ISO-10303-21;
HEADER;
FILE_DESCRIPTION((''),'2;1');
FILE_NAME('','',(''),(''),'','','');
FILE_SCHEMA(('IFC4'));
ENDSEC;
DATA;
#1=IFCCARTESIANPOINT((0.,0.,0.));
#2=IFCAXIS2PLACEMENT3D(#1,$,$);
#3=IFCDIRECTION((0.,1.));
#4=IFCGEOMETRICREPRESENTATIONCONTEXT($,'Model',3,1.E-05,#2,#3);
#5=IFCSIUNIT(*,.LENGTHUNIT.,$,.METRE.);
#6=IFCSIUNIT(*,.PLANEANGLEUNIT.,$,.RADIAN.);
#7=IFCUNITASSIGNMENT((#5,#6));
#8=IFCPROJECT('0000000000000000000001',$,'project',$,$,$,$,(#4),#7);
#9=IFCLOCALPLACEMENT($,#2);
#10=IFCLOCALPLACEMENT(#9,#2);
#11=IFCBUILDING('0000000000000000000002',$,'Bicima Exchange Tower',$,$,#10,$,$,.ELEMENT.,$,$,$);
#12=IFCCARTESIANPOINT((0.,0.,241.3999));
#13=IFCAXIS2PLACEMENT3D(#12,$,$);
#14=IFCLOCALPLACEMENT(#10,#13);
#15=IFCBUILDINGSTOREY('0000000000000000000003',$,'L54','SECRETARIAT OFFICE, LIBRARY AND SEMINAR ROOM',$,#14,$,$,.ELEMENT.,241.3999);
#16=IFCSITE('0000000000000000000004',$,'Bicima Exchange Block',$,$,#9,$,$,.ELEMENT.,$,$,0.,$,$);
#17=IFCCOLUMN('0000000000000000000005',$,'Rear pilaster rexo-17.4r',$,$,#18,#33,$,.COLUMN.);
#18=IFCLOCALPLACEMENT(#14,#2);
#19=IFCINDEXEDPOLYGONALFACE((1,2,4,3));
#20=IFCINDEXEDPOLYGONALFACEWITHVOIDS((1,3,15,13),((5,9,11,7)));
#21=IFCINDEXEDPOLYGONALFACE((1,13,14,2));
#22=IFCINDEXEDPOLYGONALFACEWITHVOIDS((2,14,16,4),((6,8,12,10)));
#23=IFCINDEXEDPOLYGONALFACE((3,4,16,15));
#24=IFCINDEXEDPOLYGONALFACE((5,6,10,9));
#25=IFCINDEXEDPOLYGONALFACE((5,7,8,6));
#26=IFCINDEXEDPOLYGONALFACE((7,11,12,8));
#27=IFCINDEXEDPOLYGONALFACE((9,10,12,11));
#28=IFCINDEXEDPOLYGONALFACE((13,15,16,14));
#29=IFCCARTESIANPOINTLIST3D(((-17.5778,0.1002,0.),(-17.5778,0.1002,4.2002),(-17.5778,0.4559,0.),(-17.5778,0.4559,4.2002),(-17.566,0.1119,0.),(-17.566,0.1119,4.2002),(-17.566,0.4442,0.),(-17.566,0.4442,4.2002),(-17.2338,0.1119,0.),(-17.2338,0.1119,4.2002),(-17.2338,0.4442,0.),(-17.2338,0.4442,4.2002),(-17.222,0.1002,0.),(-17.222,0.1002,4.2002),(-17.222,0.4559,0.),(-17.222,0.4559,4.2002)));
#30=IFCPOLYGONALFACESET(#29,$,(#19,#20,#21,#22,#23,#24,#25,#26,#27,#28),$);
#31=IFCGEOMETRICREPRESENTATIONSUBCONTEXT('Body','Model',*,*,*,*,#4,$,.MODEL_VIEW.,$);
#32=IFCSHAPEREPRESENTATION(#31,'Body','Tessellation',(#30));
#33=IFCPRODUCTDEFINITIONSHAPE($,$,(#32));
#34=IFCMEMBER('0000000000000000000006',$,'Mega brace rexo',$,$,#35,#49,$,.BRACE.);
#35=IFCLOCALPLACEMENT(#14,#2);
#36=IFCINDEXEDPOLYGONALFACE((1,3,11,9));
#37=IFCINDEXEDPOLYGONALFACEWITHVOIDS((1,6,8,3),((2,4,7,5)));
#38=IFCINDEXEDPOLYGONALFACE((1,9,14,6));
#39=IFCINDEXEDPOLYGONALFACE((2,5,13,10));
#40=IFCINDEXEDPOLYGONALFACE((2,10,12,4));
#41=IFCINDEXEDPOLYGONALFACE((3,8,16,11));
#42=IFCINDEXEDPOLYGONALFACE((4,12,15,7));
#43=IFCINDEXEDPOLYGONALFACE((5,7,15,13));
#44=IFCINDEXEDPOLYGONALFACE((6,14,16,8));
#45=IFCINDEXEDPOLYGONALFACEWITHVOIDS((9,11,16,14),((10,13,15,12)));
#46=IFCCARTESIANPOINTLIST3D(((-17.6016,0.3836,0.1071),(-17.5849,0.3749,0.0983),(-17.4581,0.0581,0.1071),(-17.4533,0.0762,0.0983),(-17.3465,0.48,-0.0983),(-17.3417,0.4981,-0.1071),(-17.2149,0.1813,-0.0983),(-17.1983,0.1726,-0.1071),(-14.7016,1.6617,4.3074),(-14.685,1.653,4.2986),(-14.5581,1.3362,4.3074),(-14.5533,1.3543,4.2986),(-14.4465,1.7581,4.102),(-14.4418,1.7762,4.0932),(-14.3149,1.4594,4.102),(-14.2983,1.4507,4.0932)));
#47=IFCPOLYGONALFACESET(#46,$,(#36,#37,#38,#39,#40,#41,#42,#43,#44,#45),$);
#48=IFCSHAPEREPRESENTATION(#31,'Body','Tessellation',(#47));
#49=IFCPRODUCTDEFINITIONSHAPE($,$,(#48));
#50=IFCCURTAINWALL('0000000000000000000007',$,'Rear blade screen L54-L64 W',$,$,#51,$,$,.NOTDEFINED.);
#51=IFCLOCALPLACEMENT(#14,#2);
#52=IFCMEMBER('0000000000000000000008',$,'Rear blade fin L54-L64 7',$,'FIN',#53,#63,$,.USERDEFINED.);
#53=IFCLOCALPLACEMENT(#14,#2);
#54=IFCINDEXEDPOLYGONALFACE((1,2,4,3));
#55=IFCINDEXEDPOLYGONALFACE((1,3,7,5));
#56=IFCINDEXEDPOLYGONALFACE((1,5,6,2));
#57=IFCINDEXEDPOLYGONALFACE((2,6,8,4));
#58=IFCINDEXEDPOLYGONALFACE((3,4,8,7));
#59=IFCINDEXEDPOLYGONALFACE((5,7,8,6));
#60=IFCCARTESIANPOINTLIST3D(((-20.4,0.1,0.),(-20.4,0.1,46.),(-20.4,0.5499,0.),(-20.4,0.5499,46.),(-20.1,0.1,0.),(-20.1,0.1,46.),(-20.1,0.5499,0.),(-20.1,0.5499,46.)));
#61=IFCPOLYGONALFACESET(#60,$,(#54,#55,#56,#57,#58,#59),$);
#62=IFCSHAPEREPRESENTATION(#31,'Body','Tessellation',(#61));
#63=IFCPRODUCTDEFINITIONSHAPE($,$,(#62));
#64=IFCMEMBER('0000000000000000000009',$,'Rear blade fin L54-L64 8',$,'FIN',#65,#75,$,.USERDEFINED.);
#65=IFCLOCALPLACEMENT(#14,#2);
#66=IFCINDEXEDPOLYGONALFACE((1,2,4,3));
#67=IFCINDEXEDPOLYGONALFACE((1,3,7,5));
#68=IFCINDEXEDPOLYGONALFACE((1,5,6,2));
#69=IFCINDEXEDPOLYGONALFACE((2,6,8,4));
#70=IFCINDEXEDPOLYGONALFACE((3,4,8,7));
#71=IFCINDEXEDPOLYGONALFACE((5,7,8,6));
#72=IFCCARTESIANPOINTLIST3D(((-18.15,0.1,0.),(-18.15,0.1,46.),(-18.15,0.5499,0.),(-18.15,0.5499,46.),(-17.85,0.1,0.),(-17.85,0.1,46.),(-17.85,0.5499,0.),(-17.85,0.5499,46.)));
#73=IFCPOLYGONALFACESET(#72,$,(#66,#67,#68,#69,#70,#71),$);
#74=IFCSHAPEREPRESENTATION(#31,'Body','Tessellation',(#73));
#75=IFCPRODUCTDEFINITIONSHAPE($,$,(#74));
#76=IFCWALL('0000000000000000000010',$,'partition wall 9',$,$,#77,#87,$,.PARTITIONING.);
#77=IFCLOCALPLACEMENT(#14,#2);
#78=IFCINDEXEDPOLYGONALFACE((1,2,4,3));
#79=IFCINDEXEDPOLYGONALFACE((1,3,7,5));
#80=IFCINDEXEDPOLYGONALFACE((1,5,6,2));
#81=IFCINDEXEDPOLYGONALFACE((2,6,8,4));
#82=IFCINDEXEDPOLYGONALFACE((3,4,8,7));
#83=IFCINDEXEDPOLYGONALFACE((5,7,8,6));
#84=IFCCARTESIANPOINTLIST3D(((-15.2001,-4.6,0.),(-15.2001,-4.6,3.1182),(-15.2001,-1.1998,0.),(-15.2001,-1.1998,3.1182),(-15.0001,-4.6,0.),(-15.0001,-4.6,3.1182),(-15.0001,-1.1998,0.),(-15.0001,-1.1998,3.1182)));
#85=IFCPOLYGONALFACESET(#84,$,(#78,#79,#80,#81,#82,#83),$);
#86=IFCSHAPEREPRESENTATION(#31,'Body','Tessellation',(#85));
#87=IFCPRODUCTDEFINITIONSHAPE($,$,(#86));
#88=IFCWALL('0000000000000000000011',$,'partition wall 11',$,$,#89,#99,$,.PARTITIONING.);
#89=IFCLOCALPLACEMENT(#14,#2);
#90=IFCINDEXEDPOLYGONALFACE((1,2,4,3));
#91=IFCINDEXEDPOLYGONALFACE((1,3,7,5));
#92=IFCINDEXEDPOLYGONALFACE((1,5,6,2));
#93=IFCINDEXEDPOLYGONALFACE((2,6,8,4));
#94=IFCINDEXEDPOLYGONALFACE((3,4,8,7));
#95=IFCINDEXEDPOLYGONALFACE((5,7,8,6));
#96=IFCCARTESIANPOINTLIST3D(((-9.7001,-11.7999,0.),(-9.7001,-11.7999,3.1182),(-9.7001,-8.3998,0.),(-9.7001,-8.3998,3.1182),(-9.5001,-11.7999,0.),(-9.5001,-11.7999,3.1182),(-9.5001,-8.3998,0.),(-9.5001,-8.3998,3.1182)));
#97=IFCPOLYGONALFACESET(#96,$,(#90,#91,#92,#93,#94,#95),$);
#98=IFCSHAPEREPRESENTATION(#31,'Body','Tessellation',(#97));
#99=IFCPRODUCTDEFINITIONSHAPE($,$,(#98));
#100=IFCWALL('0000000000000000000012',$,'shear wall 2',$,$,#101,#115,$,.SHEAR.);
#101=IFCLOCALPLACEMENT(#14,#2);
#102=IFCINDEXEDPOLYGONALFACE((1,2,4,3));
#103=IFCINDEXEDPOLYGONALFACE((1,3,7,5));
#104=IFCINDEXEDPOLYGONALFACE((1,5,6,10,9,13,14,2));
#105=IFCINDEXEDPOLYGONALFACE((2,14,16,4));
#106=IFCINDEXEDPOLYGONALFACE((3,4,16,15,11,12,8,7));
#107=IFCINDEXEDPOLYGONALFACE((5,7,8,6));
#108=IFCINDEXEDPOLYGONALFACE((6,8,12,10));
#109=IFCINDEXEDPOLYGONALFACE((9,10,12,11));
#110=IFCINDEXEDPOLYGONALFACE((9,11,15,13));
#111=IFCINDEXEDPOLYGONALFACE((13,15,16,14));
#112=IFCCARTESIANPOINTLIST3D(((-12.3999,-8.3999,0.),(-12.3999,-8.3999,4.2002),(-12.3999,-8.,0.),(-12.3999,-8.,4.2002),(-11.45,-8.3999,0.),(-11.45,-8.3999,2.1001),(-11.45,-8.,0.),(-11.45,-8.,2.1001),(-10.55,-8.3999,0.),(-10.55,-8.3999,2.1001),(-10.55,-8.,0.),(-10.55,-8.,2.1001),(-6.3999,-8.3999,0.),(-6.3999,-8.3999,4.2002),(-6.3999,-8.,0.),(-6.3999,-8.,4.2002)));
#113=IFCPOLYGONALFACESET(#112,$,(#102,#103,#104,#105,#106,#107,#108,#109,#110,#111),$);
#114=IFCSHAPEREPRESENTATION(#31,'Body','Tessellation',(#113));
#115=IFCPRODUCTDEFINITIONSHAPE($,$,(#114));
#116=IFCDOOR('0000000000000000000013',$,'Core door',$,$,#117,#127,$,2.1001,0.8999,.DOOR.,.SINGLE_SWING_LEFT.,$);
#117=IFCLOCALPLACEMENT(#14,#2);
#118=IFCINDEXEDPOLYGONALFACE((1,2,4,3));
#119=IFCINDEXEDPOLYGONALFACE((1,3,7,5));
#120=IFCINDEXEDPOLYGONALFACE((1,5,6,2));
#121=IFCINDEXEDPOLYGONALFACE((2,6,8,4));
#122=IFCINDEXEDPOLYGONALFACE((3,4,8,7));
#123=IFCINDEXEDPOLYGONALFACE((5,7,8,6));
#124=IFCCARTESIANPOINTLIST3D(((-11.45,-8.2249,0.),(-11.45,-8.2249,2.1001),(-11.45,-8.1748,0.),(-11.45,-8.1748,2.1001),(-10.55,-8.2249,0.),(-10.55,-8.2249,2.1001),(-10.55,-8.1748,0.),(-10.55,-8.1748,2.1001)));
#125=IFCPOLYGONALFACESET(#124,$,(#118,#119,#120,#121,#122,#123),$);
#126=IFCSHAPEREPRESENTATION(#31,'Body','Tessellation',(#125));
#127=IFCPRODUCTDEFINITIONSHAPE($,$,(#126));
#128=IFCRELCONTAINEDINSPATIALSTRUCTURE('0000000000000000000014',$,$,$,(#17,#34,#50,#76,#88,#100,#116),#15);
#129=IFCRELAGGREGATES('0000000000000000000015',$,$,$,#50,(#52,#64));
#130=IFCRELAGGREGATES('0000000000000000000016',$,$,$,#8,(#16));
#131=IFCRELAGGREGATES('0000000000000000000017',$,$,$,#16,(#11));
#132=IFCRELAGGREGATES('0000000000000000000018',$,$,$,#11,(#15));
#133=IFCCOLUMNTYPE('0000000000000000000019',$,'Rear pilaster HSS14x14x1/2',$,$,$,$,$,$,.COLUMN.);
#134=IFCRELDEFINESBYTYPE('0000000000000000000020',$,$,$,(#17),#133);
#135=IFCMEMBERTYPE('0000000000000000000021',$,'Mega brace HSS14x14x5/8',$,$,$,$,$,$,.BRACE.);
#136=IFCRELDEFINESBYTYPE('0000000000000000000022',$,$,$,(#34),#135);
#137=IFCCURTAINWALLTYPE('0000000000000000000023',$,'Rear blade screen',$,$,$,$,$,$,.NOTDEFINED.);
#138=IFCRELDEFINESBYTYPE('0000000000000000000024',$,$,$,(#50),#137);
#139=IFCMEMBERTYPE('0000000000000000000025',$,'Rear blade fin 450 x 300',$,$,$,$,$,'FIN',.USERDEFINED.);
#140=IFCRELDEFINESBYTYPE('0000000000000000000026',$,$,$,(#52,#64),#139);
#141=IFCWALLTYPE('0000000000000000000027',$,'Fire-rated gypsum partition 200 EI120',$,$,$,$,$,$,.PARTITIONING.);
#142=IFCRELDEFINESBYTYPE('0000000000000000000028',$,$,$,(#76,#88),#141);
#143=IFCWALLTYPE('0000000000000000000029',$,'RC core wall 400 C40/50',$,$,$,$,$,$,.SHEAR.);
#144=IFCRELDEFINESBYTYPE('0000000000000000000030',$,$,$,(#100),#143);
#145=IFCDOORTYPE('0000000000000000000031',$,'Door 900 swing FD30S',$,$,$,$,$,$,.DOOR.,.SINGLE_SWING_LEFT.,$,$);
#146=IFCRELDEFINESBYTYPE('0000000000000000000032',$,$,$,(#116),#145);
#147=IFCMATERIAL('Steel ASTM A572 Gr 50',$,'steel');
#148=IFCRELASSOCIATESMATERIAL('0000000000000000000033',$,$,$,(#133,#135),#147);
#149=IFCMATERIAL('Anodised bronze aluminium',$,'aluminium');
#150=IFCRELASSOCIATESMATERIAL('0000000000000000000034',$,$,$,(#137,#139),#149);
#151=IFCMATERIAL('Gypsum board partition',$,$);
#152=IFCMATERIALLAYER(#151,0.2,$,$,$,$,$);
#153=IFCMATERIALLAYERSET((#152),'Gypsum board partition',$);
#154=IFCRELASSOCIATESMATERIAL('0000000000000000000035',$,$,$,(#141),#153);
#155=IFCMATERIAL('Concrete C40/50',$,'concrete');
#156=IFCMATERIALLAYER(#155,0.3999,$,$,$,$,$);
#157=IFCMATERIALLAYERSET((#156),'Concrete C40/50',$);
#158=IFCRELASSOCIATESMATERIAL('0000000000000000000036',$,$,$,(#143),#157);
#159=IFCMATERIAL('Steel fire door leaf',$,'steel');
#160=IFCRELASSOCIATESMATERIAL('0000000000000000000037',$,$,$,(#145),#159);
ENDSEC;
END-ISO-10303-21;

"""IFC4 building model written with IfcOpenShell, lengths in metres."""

from ifc_helpers import new_model, si_unit, direction, frame, frame_2d, origin, origin_2d, place, context, subcontext, project, spatial, rectangle, hollow_rectangle, extrude, material, layer, layer_set, material_profile, profile_set, type_object, element, fill, aggregate, save


model = new_model("IFC4")

# Units and contexts
model_context = context("Model", 3, precision=1e-05, world=origin(), true_north=direction((0.0, 1.0)))
body_context = subcontext(model_context, "Body", "Model", "MODEL_VIEW")
ifc_project = project(units=[si_unit("LENGTHUNIT", "METRE"), si_unit("PLANEANGLEUNIT", "RADIAN")], contexts=[model_context])

# Site, building, storey
site_placement = place(None, origin())
site = spatial("IfcSite", under=ifc_project, at=site_placement, Name="Bicima Exchange Block", CompositionType="ELEMENT", RefElevation=0.0)
building_placement = place(site_placement, origin())
building = spatial("IfcBuilding", under=site, at=building_placement, Name="Bicima Exchange Tower", CompositionType="ELEMENT")
storey_placement = place(building_placement, frame((0.0, 0.0, 241.3999)))
storey = spatial("IfcBuildingStorey", under=building, at=storey_placement, Name="L54", Description="SECRETARIAT OFFICE, LIBRARY AND SEMINAR ROOM", CompositionType="ELEMENT", Elevation=241.3999)

# Column
ifc_material_1 = material(Name="Steel ASTM A572 Gr 50", Category="steel")
ifc_material_profile_1 = material_profile(ifc_material_1, hollow_rectangle(XDim=0.3557, YDim=0.3557, WallThickness=0.0117, at=origin_2d()))
ifc_profile_set_1 = profile_set([ifc_material_profile_1], Name="Steel ASTM A572 Gr 50")
column_type = type_object("IfcColumnType", Name="Rear pilaster HSS14x14x1/2", PredefinedType="COLUMN", material=ifc_profile_set_1)
column_placement = place(storey_placement, frame((-17.3999, 0.2781, 0.0), z_axis=(0.0, 0.0, 1.0), x_axis=(1.0, 0.0, 0.0)))
element("IfcColumn", 1, at=column_placement, inside=storey, type_object=column_type, Name="Rear pilaster rexo-17.4r", PredefinedType="COLUMN", context=body_context, shape_type="SweptSolid", body=[
    extrude(hollow_rectangle(XDim=0.3557, YDim=0.3557, WallThickness=0.0117, at=origin_2d()), origin(), (0.0, 0.0, 1.0), 4.2002),
])

# Member
ifc_material_profile_2 = material_profile(ifc_material_1, hollow_rectangle(XDim=0.3557, YDim=0.3557, WallThickness=0.0146, at=origin_2d()))
ifc_profile_set_2 = profile_set([ifc_material_profile_2], Name="Steel ASTM A572 Gr 50")
member_type_1 = type_object("IfcMemberType", Name="Mega brace HSS14x14x5/8", PredefinedType="BRACE", material=ifc_profile_set_2)
member_1_placement = place(storey_placement, frame((-17.3999, 0.2781, 0.0), z_axis=(0.551143, 0.242906, 0.798272), x_axis=(-0.403299, 0.915068, 0.0)))
element("IfcMember", 2, at=member_1_placement, inside=storey, type_object=member_type_1, Name="Mega brace rexo", PredefinedType="BRACE", context=body_context, shape_type="SweptSolid", body=[
    extrude(hollow_rectangle(XDim=0.3557, YDim=0.3557, WallThickness=0.0146, at=origin_2d()), origin(), (0.0, 0.0, 1.0), 5.2617),
])

# Curtain wall, members
ifc_material_2 = material(Name="Anodised bronze aluminium", Category="aluminium")
curtain_wall_type = type_object("IfcCurtainWallType", Name="Rear blade screen", PredefinedType="NOTDEFINED", material=ifc_material_2)
curtain_wall_placement = place(storey_placement, origin())
curtain_wall = element("IfcCurtainWall", 3, at=curtain_wall_placement, inside=storey, type_object=curtain_wall_type, Name="Rear blade screen L54-L64 W", PredefinedType="NOTDEFINED")
ifc_material_profile_3 = material_profile(ifc_material_2, rectangle(XDim=0.45, YDim=0.3, at=origin_2d()))
ifc_profile_set_3 = profile_set([ifc_material_profile_3], Name="Anodised bronze aluminium")
member_type_2 = type_object("IfcMemberType", Name="Rear blade fin 450 x 300", ElementType="FIN", PredefinedType="USERDEFINED", material=ifc_profile_set_3)
member_2_placement = place(storey_placement, frame((-20.25, 0.325, 0.0), z_axis=(0.0, 0.0, 1.0), x_axis=(0.0, 1.0, 0.0)))
member_2 = element("IfcMember", 4, at=member_2_placement, type_object=member_type_2, Name="Rear blade fin L54-L64 7", ObjectType="FIN", PredefinedType="USERDEFINED", context=body_context, shape_type="SweptSolid", body=[
    extrude(rectangle(XDim=0.45, YDim=0.3, at=origin_2d()), origin(), (0.0, 0.0, 1.0), 46.0),
])
member_3_placement = place(storey_placement, frame((-18.0, 0.325, 0.0), z_axis=(0.0, 0.0, 1.0), x_axis=(0.0, 1.0, 0.0)))
member_3 = element("IfcMember", 5, at=member_3_placement, type_object=member_type_2, Name="Rear blade fin L54-L64 8", ObjectType="FIN", PredefinedType="USERDEFINED", context=body_context, shape_type="SweptSolid", body=[
    extrude(rectangle(XDim=0.45, YDim=0.3, at=origin_2d()), origin(), (0.0, 0.0, 1.0), 46.0),
])
aggregate(curtain_wall, [member_2, member_3])

# Walls
ifc_material_3 = material(Name="Gypsum board partition")
ifc_layer_1 = layer(ifc_material_3, 0.2)
ifc_layer_set_1 = layer_set([ifc_layer_1], Name="Gypsum board partition")
wall_type_1 = type_object("IfcWallType", Name="Fire-rated gypsum partition 200 EI120", PredefinedType="PARTITIONING", material=ifc_layer_set_1)
for number, where, z_axis, x_axis, name in (
    (6, (-15.1001, -4.6001, 0.0), (0.0, 0.0, 1.0), (0.0, 1.0, 0.0), "partition wall 9"),
    (7, (-9.6001, -11.8, 0.0), (0.0, 0.0, 1.0), (0.0, 1.0, 0.0), "partition wall 11"),
):
    element("IfcWall", number, at=place(storey_placement, frame(where, z_axis=z_axis, x_axis=x_axis)), inside=storey, type_object=wall_type_1, Name=name, PredefinedType="PARTITIONING", context=body_context, shape_type="SweptSolid", body=[
        extrude(rectangle(XDim=3.4001, YDim=0.2, at=frame_2d((1.7002, 0.0))), origin(), (0.0, 0.0, 1.0), 3.1182),
    ])

# Wall, opening, door
ifc_material_4 = material(Name="Concrete C40/50", Category="concrete")
ifc_layer_2 = layer(ifc_material_4, 0.3999)
ifc_layer_set_2 = layer_set([ifc_layer_2], Name="Concrete C40/50")
wall_type_2 = type_object("IfcWallType", Name="RC core wall 400 C40/50", PredefinedType="SHEAR", material=ifc_layer_set_2)
wall_1_placement = place(storey_placement, frame((-12.3999, -8.2, 0.0), z_axis=(0.0, 0.0, 1.0), x_axis=(1.0, 0.0, 0.0)))
wall_1 = element("IfcWall", 8, at=wall_1_placement, inside=storey, type_object=wall_type_2, Name="shear wall 2", PredefinedType="SHEAR", context=body_context, shape_type="SweptSolid", body=[
    extrude(rectangle(XDim=6.0, YDim=0.3999, at=frame_2d((3.0, 0.0))), origin(), (0.0, 0.0, 1.0), 4.2002),
])
opening_1_placement = place(wall_1_placement, frame((0.95, 0.0, 0.0)))
opening_1 = element("IfcOpeningElement", 9, at=opening_1_placement, cuts=wall_1, PredefinedType="OPENING", context=body_context, shape_type="SweptSolid", body=[
    extrude(rectangle(XDim=0.8999, YDim=2.1001, at=frame_2d((0.45, 1.05))), frame((0.0, 0.2119, 0.0), z_axis=(0.0, -1.0, 0.0), x_axis=(1.0, 0.0, 0.0)), (0.0, 0.0, 1.0), 0.4238),
])
ifc_material_5 = material(Name="Steel fire door leaf", Category="steel")
door_type_1 = type_object("IfcDoorType", Name="Door 900 swing FD30S", OperationType="SINGLE_SWING_LEFT", PredefinedType="DOOR", material=ifc_material_5)
door_1_placement = place(opening_1_placement, frame((0.8999, 0.0, 0.0), z_axis=(0.0, 0.0, 1.0), x_axis=(-1.0, 0.0, 0.0)))
door_1 = element("IfcDoor", 10, at=door_1_placement, inside=storey, type_object=door_type_1, Name="Core door", OperationType="SINGLE_SWING_LEFT", OverallHeight=2.1001, OverallWidth=0.8999, PredefinedType="DOOR", context=body_context, shape_type="SweptSolid", body=[
    extrude(rectangle(XDim=0.8999, YDim=2.1001, at=frame_2d((0.45, 1.05))), frame((0.0, 0.0249, 0.0), z_axis=(0.0, -1.0, 0.0), x_axis=(1.0, 0.0, 0.0)), (0.0, 0.0, 1.0), 0.05),
])
fill(opening_1, door_1)

save(model, "model.ifc")
